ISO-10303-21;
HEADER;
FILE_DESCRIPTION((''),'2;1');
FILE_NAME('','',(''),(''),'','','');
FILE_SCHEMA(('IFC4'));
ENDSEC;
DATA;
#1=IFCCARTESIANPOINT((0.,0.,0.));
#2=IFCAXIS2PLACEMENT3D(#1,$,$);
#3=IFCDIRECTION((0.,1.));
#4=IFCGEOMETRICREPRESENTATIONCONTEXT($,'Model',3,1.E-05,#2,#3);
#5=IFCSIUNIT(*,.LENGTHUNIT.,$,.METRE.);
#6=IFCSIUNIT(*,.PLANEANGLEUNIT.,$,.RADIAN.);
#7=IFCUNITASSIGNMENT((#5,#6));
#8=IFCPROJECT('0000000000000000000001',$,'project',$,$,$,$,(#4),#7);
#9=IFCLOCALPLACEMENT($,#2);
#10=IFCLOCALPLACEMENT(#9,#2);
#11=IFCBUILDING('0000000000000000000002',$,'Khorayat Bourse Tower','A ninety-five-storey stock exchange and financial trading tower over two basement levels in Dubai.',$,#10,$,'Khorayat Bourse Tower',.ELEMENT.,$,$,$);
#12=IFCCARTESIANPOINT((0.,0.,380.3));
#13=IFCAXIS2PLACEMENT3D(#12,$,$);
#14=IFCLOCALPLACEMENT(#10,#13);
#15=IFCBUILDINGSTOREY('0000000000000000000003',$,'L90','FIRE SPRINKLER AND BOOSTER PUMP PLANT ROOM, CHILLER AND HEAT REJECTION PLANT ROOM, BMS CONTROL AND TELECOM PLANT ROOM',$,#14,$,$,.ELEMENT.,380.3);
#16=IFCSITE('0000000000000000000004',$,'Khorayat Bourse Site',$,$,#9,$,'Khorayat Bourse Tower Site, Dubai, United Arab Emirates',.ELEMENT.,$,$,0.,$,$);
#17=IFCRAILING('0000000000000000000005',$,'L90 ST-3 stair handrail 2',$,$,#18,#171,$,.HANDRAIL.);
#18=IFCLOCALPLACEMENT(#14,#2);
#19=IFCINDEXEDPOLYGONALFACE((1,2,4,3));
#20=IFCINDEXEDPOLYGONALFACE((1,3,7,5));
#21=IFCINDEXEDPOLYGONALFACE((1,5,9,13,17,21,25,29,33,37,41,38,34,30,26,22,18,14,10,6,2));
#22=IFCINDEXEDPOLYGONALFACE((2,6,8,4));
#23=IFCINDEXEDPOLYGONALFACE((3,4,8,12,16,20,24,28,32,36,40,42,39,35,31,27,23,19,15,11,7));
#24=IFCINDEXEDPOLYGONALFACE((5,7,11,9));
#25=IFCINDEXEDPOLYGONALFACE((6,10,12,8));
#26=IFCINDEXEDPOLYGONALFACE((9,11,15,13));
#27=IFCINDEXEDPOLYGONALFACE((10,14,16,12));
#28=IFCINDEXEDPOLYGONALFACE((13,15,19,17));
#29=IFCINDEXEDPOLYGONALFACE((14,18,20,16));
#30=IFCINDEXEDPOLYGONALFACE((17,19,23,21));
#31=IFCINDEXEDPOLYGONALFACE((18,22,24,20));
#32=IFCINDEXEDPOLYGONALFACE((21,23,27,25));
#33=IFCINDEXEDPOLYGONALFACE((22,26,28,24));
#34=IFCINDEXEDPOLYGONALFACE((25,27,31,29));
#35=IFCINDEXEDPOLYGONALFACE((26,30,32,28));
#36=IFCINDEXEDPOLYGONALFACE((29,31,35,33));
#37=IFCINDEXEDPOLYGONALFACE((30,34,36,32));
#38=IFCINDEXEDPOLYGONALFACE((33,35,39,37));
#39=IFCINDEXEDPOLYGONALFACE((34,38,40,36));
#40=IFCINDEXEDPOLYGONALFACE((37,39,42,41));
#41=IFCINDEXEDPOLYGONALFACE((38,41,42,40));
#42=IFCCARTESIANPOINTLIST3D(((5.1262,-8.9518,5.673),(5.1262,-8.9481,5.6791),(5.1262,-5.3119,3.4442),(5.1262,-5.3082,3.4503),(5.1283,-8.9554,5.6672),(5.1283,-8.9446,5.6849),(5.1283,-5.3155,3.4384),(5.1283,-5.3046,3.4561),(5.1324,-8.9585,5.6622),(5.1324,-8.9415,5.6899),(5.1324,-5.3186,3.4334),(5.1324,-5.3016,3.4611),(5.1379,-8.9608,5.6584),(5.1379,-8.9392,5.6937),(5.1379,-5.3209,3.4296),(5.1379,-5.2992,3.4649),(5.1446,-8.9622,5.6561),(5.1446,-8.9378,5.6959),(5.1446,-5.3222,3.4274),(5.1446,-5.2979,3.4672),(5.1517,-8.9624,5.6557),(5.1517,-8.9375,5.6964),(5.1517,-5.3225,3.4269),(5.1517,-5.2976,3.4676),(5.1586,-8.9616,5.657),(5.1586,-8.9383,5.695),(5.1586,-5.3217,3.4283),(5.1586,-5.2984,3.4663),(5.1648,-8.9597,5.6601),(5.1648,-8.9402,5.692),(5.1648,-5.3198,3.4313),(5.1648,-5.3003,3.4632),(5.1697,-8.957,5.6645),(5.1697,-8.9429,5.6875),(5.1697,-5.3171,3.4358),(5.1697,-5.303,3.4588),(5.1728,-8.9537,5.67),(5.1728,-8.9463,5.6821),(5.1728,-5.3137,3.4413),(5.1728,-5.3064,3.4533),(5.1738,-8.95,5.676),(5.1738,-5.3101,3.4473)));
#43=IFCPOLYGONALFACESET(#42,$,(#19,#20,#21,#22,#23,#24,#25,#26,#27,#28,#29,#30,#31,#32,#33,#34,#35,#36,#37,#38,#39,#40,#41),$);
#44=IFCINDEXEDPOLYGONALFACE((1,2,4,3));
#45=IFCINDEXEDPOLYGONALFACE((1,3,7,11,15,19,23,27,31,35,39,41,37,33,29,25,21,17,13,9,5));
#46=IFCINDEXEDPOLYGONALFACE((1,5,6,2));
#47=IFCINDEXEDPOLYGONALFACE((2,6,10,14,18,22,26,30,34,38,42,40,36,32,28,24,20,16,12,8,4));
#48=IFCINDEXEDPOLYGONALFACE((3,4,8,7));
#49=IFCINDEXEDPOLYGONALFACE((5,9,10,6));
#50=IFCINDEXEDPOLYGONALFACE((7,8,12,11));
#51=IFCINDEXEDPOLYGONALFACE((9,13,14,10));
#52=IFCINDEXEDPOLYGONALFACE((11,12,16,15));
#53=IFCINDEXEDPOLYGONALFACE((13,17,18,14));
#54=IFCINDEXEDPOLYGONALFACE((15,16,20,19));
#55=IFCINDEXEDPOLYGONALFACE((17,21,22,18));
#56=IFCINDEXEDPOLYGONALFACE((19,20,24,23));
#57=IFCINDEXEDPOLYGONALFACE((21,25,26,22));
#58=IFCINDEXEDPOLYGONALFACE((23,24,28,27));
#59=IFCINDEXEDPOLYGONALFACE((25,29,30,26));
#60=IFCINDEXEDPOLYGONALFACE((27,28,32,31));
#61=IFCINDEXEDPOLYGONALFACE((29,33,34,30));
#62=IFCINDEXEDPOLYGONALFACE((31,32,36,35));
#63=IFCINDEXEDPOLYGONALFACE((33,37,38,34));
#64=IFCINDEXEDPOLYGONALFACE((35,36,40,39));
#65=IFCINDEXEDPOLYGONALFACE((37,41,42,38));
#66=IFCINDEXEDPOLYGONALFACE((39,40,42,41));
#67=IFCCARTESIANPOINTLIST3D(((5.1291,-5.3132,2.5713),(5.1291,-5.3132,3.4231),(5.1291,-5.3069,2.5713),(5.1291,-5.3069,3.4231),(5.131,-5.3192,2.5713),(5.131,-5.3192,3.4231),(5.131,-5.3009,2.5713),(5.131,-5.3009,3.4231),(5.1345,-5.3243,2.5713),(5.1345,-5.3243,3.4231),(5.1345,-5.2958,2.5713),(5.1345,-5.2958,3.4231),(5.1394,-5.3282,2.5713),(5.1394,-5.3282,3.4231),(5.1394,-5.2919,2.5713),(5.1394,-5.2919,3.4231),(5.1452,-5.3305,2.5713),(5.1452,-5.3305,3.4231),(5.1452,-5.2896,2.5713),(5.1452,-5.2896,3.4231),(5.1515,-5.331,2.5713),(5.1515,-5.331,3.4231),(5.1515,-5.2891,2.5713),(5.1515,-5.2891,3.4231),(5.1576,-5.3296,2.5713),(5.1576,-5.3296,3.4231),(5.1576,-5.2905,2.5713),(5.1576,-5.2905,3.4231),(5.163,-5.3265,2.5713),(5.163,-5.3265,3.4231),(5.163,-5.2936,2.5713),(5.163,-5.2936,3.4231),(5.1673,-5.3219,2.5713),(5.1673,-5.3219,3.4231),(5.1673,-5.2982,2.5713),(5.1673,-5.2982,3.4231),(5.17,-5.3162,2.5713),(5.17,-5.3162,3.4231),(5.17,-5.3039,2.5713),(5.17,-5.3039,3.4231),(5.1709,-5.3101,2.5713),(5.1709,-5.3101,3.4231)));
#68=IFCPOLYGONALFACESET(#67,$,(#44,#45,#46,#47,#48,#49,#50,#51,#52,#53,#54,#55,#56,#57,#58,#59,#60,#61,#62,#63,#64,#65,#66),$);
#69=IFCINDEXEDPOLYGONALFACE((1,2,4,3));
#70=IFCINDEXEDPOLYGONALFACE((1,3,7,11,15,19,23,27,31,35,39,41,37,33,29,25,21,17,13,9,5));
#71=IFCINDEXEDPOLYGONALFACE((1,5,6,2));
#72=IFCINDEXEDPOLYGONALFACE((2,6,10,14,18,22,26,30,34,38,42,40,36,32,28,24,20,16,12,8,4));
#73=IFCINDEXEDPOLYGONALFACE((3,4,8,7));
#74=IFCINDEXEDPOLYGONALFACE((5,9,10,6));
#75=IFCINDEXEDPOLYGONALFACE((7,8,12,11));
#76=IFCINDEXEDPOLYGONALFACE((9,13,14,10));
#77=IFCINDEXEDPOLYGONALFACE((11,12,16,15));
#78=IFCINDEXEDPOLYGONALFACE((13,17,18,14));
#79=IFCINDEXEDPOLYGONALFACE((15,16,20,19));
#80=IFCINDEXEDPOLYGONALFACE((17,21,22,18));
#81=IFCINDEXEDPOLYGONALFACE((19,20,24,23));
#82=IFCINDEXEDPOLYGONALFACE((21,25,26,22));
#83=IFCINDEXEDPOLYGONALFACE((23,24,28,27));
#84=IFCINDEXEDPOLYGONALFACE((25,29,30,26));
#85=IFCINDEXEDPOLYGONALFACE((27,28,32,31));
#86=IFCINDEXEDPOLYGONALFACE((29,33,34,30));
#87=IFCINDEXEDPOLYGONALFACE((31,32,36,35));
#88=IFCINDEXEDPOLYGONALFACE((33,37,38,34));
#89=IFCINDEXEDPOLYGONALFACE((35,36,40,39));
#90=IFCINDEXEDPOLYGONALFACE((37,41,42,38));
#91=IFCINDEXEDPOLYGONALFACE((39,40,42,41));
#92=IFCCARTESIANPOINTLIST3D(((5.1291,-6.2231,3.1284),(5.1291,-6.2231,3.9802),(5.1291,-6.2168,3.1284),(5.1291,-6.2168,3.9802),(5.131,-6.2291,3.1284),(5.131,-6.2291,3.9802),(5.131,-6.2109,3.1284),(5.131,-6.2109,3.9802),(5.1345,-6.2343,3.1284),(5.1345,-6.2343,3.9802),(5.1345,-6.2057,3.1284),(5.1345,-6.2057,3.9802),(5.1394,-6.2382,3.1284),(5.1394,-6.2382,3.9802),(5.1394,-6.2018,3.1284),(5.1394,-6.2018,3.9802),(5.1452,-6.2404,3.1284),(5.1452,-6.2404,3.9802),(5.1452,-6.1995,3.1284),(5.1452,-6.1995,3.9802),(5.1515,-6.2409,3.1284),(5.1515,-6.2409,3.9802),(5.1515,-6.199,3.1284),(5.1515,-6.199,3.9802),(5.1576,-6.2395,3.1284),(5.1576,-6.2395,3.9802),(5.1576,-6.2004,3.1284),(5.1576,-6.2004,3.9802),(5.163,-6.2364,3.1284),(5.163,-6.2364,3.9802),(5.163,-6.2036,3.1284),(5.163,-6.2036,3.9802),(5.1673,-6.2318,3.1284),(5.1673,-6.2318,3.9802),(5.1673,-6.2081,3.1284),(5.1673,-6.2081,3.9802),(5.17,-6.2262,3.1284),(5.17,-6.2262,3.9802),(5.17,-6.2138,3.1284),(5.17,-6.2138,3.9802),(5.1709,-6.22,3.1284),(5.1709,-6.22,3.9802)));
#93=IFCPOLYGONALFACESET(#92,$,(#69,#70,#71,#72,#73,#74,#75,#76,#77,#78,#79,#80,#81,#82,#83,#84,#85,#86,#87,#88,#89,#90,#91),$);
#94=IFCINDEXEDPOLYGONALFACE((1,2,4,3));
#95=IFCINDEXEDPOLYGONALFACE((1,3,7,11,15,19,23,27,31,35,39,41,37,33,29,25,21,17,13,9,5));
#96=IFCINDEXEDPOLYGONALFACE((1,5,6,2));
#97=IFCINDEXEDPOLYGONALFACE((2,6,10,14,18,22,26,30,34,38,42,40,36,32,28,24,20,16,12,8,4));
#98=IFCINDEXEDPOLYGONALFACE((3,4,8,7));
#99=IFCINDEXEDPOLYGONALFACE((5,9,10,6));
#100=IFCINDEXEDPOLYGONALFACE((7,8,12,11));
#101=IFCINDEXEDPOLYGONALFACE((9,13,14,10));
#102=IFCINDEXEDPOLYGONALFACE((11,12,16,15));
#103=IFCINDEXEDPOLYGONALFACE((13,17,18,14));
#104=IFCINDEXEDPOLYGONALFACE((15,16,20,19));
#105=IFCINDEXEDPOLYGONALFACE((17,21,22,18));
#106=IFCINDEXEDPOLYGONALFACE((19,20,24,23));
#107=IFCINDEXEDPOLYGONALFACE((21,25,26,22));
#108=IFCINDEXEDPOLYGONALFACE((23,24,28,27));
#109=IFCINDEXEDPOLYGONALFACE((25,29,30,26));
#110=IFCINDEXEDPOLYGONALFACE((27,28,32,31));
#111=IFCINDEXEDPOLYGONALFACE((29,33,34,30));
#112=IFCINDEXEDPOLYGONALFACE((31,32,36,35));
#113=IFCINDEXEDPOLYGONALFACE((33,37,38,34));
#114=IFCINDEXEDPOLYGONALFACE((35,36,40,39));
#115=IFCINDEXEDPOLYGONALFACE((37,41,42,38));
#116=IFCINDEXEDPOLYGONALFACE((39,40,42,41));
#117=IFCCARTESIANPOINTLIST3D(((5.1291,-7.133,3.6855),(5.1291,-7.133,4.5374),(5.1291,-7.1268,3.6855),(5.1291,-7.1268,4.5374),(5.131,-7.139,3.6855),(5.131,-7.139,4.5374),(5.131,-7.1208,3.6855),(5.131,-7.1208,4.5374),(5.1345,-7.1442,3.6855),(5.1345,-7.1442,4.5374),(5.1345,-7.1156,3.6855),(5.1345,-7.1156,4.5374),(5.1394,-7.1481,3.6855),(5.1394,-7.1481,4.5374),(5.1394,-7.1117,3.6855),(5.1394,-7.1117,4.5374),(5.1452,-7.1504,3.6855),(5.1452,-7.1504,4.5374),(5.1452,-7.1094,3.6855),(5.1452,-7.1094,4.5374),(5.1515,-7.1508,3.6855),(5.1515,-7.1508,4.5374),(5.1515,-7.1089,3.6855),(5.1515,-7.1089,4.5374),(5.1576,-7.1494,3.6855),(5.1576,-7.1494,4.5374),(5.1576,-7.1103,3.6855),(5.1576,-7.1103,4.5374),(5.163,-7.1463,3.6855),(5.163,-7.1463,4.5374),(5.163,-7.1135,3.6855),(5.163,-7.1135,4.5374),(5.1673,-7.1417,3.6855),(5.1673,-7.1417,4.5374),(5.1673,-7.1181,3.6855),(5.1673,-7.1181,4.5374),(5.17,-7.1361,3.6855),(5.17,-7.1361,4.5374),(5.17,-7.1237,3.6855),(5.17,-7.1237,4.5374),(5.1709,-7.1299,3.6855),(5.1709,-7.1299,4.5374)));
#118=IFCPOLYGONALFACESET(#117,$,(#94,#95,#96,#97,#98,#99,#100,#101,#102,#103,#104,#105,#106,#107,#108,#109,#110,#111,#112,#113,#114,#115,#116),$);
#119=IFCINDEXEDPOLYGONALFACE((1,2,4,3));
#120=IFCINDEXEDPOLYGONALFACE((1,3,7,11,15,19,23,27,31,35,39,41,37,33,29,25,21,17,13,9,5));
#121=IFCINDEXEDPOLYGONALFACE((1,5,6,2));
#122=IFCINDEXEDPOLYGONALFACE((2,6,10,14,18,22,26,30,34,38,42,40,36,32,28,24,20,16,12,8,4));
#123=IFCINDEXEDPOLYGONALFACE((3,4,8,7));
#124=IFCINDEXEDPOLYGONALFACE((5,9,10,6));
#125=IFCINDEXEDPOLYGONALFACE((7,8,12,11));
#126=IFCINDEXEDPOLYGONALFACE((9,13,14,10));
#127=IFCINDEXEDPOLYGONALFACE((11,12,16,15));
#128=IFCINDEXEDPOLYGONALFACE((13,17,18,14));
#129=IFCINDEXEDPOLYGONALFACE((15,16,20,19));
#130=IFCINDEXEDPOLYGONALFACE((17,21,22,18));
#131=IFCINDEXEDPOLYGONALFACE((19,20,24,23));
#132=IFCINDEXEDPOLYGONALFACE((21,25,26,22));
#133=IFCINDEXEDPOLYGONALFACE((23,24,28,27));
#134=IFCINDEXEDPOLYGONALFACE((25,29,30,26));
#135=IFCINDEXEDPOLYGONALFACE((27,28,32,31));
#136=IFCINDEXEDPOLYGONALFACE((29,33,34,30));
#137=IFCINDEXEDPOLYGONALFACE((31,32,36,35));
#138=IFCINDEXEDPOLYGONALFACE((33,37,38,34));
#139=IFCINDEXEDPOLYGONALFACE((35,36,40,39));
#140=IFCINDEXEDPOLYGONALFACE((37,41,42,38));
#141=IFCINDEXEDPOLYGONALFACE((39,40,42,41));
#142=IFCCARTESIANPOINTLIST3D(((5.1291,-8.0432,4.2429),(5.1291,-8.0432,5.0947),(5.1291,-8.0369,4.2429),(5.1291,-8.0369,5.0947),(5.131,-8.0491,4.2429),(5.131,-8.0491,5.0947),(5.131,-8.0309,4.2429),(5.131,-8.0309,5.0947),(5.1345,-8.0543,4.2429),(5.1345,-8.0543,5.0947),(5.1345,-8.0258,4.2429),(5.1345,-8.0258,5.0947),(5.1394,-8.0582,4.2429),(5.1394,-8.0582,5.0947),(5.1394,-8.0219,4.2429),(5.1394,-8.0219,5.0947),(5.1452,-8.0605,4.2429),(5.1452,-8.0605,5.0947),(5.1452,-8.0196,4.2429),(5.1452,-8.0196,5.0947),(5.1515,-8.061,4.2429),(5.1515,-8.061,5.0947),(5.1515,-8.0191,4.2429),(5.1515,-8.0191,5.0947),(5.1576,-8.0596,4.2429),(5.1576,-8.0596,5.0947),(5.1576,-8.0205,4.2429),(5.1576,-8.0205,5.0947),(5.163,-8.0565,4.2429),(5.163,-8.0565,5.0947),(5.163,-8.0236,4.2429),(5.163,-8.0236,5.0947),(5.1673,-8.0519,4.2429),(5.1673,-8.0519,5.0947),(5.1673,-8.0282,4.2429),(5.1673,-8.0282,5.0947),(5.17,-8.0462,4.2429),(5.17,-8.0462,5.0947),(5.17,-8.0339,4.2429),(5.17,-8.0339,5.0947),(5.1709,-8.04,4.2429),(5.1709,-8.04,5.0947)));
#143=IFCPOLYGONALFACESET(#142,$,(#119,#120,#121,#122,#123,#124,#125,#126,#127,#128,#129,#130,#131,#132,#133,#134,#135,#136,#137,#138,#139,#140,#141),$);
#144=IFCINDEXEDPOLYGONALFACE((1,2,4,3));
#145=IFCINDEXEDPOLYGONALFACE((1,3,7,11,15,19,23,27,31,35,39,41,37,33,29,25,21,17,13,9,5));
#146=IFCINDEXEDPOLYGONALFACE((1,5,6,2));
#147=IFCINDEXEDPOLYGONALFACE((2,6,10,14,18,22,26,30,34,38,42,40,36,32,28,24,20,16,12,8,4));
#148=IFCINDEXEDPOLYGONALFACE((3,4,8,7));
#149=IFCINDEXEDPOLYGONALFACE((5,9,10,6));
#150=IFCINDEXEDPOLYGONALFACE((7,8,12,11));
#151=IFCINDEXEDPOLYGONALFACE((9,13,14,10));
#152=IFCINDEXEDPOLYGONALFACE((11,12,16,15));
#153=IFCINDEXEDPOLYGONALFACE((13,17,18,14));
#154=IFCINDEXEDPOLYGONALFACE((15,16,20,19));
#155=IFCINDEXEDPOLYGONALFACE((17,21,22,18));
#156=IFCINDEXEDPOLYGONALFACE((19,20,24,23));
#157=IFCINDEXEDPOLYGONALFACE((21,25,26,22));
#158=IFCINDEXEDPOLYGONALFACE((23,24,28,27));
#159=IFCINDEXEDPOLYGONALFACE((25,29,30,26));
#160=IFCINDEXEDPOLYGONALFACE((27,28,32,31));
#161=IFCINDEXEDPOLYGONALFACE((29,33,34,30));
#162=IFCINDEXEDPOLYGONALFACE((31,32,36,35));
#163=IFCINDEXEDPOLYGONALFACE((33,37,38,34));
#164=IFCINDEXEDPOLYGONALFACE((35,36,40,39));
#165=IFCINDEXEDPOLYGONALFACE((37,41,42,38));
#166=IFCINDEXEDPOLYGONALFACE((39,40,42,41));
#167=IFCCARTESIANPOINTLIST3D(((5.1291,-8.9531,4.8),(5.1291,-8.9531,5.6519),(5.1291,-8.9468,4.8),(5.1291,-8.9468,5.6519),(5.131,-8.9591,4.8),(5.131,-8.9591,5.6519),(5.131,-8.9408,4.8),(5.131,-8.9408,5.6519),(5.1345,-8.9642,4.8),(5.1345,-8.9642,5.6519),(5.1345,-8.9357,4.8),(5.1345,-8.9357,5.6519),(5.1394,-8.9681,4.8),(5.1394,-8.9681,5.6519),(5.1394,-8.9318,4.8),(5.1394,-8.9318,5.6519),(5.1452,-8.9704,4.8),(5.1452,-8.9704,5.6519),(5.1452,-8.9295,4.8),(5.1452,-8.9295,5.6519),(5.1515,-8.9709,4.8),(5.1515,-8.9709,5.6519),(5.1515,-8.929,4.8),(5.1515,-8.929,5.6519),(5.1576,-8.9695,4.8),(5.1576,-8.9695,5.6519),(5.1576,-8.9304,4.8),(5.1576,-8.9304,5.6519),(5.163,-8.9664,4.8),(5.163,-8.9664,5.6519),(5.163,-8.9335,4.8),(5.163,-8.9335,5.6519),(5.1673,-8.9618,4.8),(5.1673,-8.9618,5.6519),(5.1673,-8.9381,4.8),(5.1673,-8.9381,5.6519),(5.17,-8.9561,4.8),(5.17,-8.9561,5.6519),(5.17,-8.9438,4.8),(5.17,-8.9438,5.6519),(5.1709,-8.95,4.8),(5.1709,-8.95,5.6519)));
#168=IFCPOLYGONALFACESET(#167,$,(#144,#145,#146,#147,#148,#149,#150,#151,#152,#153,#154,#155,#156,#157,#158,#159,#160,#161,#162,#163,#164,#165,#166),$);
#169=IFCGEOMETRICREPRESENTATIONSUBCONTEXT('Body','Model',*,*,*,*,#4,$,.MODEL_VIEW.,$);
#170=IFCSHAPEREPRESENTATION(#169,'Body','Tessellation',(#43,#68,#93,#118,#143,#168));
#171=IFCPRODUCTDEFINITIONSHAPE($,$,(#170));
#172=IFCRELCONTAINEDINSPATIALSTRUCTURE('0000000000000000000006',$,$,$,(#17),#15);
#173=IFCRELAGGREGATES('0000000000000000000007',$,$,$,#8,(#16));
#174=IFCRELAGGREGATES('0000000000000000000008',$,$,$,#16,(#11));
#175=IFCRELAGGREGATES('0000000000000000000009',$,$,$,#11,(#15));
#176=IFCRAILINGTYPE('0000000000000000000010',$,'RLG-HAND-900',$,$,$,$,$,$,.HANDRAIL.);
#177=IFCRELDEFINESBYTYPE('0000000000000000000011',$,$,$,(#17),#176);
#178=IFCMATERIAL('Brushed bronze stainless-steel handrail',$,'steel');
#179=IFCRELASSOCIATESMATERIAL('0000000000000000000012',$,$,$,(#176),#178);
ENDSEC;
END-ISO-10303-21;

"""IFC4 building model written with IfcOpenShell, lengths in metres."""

from ifc_helpers import new_model, si_unit, direction, frame, origin, origin_2d, place, context, subcontext, project, spatial, circle, extrude, source, transform, mapped, material, type_object, element, save


model = new_model("IFC4")

# Units and contexts
model_context = context("Model", 3, precision=1e-05, world=origin(), true_north=direction((0.0, 1.0)))
body_context = subcontext(model_context, "Body", "Model", "MODEL_VIEW")
ifc_project = project(units=[si_unit("LENGTHUNIT", "METRE"), si_unit("PLANEANGLEUNIT", "RADIAN")], contexts=[model_context])

# Site, building, storey
site_placement = place(None, origin())
site = spatial("IfcSite", under=ifc_project, at=site_placement, Name="Khorayat Bourse Site", LongName="Khorayat Bourse Tower Site, Dubai, United Arab Emirates", CompositionType="ELEMENT", RefElevation=0.0)
building_placement = place(site_placement, origin())
building = spatial("IfcBuilding", under=site, at=building_placement, Name="Khorayat Bourse Tower", Description="A ninety-five-storey stock exchange and financial trading tower over two basement levels in Dubai.", LongName="Khorayat Bourse Tower", CompositionType="ELEMENT")
storey_placement = place(building_placement, frame((0.0, 0.0, 380.3)))
storey = spatial("IfcBuildingStorey", under=building, at=storey_placement, Name="L90", Description="FIRE SPRINKLER AND BOOSTER PUMP PLANT ROOM, CHILLER AND HEAT REJECTION PLANT ROOM, BMS CONTROL AND TELECOM PLANT ROOM", CompositionType="ELEMENT", Elevation=380.3)

# Railing
ifc_material_1 = material(Name="Brushed bronze stainless-steel handrail", Category="steel")
railing_type_1 = type_object("IfcRailingType", Name="RLG-HAND-900", PredefinedType="HANDRAIL", material=ifc_material_1)
shared_shape_1 = source(origin(), body_context, "Body", "SweptSolid", [
    extrude(circle(Radius=0.0239, at=origin_2d()), frame((0.0, 0.0, 0.876), z_axis=(0.0, -0.852825, 0.522197), x_axis=(1.0, 0.0, 0.0)), (0.0, 0.0, 1.0), 4.2681),
    extrude(circle(Radius=0.021, at=origin_2d()), origin(), (0.0, 0.0, 1.0), 0.8518),
    extrude(circle(Radius=0.021, at=origin_2d()), frame((0.0, -0.9099, 0.5571)), (0.0, 0.0, 1.0), 0.8518),
    extrude(circle(Radius=0.021, at=origin_2d()), frame((0.0, -1.8198, 1.1143)), (0.0, 0.0, 1.0), 0.8518),
    extrude(circle(Radius=0.021, at=origin_2d()), frame((0.0, -2.73, 1.6716)), (0.0, 0.0, 1.0), 0.8518),
    extrude(circle(Radius=0.021, at=origin_2d()), frame((0.0, -3.6399, 2.2288)), (0.0, 0.0, 1.0), 0.8518),
])
railing_1_placement = place(storey_placement, frame((5.1499, -5.3101, 2.5713)))
element("IfcRailing", 1, at=railing_1_placement, inside=storey, type_object=railing_type_1, Name="L90 ST-3 stair handrail 2", PredefinedType="HANDRAIL", context=body_context, shape_type="MappedRepresentation", body=[
    mapped(shared_shape_1, transform((0.0, 0.0, 0.0), scale=1.0)),
])

save(model, "model.ifc")
